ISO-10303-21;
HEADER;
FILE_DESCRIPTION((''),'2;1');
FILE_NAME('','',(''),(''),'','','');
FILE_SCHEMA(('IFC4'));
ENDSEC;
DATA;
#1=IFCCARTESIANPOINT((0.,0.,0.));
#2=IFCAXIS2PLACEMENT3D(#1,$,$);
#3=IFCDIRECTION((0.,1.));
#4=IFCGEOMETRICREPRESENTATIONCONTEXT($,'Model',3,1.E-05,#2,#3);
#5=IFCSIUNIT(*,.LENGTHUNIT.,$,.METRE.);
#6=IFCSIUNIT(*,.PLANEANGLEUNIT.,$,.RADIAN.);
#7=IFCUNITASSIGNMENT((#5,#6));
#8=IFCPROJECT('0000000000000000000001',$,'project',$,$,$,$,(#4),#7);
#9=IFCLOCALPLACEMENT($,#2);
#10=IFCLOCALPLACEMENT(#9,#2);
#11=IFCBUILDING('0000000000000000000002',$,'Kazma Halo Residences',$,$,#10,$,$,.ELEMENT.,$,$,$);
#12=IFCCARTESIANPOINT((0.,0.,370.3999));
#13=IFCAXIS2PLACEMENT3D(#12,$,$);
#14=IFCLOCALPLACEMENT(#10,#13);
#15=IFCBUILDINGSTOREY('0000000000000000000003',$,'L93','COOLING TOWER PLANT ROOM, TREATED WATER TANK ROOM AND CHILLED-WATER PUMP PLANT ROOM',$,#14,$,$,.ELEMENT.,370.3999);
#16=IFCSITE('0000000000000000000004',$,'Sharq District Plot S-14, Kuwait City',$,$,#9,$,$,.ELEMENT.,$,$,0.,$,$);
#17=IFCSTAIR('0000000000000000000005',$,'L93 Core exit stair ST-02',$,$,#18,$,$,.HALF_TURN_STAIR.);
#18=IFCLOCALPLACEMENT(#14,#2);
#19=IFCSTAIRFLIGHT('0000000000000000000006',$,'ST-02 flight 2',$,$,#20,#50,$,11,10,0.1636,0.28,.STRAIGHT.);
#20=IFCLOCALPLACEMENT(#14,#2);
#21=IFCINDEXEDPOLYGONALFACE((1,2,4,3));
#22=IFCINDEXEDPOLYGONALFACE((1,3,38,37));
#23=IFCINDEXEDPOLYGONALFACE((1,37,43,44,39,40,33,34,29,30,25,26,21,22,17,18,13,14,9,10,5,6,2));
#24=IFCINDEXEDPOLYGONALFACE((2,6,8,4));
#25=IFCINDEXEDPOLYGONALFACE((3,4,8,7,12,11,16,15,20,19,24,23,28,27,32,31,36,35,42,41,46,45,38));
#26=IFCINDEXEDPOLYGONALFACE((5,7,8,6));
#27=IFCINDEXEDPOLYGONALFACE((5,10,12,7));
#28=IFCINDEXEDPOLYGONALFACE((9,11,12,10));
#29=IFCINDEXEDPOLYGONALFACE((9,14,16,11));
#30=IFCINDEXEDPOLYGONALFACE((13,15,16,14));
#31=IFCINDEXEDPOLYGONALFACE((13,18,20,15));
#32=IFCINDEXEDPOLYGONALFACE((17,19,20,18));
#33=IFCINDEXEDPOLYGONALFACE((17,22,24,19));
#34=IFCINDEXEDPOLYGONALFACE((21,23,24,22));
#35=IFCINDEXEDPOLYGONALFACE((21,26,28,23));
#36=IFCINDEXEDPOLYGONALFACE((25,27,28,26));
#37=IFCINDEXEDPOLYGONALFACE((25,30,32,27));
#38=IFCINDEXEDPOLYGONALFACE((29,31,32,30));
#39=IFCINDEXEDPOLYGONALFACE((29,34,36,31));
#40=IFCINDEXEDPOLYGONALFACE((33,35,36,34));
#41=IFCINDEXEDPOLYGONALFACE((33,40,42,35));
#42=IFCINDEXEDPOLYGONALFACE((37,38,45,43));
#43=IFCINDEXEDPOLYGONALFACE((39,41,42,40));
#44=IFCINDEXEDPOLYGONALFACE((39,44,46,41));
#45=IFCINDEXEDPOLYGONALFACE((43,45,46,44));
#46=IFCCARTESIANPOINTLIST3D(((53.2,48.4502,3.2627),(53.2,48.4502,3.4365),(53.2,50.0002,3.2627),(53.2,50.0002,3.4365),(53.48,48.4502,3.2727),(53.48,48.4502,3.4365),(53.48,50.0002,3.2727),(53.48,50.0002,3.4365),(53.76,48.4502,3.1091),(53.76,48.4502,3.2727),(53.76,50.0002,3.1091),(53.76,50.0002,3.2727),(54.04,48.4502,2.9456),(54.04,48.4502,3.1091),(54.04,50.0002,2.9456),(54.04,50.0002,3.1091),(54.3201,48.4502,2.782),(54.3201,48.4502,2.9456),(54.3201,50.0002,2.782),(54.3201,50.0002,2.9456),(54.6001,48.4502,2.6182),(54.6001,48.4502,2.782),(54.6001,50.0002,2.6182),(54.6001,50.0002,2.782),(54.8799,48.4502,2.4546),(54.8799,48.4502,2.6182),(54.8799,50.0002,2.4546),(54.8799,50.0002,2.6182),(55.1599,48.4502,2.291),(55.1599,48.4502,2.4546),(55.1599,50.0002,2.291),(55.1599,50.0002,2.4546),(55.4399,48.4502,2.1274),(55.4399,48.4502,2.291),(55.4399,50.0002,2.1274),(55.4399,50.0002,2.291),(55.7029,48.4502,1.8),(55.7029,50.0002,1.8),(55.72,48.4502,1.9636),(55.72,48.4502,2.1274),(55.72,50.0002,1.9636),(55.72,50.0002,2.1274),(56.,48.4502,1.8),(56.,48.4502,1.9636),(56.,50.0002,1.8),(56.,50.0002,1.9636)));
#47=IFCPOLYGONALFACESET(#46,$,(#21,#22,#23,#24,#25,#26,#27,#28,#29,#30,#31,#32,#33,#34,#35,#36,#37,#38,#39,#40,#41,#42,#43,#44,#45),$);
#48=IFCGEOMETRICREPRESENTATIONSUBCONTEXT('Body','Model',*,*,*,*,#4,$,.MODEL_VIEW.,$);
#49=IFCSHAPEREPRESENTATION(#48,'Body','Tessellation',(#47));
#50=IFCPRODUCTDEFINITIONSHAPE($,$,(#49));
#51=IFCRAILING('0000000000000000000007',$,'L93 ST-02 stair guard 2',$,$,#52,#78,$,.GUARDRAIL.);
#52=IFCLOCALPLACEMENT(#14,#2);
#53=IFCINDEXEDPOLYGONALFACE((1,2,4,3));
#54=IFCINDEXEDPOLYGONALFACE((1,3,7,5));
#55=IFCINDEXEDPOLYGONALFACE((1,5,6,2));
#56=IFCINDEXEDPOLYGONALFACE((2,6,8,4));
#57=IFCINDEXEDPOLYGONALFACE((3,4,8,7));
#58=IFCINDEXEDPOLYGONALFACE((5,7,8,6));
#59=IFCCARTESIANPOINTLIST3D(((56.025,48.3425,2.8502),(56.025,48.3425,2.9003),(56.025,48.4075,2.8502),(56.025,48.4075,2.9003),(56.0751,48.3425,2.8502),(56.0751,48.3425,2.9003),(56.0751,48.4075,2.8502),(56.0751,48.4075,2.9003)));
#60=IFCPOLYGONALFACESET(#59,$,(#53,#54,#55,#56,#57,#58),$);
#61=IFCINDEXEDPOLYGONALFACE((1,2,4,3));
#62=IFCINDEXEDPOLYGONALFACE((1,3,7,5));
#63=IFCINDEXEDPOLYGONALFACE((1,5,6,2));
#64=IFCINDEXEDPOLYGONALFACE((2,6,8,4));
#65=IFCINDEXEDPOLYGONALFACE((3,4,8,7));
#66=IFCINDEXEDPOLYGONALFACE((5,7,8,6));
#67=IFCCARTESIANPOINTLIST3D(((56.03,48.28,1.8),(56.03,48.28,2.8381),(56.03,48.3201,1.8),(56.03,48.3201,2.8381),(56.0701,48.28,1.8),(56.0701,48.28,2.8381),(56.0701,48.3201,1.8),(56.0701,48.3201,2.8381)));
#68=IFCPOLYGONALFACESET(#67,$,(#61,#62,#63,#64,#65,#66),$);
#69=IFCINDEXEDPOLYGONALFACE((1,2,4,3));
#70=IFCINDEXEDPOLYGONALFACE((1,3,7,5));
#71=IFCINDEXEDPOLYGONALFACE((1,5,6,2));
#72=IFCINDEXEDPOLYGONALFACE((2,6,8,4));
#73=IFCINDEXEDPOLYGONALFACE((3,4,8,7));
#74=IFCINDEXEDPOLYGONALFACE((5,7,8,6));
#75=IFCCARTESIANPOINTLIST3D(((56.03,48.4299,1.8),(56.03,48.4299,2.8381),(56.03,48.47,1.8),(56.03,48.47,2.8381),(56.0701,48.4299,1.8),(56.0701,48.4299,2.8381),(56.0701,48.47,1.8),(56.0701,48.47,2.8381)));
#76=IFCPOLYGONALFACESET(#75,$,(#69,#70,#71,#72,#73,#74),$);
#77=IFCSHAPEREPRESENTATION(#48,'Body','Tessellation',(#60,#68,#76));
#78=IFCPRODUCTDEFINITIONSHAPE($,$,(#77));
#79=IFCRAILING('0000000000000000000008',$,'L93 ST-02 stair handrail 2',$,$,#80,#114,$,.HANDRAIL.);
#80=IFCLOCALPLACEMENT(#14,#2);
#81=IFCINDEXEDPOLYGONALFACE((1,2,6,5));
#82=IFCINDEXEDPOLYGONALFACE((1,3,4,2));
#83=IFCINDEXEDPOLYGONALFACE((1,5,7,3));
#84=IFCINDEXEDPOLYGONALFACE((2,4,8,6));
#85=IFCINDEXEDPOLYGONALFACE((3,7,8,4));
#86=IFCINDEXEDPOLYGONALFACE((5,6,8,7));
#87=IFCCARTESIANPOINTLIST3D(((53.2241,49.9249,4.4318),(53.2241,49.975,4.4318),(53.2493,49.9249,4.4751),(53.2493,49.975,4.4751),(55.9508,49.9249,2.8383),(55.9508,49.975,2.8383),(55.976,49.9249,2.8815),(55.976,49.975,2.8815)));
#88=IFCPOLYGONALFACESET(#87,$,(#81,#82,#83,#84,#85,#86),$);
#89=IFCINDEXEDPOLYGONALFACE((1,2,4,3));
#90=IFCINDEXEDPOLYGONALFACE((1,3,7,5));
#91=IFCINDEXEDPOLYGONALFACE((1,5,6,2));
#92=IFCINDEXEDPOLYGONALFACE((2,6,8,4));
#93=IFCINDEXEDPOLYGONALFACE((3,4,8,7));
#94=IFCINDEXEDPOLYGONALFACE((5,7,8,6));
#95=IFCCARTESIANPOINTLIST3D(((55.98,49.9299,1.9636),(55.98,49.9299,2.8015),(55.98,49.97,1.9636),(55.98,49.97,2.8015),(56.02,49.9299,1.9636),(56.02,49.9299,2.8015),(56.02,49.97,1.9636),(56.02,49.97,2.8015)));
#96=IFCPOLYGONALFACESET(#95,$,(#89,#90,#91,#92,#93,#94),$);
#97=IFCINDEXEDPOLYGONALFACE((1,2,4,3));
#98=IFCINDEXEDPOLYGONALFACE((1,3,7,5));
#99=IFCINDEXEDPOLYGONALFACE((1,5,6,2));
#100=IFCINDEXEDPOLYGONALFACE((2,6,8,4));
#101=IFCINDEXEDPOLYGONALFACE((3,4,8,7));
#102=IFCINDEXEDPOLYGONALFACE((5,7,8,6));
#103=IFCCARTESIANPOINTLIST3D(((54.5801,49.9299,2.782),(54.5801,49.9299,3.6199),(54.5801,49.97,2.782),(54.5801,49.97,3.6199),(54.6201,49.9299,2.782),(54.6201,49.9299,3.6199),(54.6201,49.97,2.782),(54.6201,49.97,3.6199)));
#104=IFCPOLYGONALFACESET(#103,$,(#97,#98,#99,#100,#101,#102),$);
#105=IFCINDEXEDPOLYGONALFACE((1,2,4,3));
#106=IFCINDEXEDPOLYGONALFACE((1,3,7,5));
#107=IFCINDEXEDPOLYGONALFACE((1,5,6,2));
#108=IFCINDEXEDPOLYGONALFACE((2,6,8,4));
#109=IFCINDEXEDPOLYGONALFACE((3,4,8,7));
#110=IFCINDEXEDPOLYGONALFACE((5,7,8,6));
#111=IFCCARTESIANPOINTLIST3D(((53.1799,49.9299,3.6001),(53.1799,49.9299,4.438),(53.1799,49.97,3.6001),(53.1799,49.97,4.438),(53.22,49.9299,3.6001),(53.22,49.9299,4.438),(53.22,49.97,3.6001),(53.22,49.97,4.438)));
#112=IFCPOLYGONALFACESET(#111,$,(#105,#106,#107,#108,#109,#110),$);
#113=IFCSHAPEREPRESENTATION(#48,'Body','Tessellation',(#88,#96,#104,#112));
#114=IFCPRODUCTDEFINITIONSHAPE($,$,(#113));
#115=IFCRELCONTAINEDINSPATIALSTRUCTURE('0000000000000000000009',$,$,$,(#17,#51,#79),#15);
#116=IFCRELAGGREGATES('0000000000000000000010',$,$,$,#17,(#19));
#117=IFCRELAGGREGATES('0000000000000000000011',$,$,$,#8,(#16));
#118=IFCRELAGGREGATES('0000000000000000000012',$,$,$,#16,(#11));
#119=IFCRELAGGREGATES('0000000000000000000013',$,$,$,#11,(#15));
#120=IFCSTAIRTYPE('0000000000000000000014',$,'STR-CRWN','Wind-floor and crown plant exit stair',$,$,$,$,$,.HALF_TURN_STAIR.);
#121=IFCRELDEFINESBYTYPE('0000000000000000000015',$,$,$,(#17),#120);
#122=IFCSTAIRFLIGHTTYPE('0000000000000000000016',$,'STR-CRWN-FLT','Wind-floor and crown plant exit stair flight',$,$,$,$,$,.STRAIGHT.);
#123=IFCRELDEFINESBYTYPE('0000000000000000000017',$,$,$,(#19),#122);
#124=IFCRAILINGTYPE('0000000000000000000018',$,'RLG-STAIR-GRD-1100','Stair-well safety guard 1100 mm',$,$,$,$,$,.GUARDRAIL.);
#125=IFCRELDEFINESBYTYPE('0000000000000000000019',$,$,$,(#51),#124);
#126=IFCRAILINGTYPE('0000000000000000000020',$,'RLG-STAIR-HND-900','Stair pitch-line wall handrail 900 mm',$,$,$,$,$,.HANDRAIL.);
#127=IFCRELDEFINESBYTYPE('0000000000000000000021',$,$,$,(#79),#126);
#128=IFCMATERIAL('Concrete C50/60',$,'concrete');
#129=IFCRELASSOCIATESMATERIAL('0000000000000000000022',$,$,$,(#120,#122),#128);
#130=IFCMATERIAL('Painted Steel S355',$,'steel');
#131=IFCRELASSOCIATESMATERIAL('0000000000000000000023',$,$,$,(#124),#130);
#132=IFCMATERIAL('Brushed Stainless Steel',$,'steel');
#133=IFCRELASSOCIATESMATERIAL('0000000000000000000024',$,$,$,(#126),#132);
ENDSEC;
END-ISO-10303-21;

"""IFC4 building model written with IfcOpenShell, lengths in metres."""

from ifc_helpers import new_model, si_unit, direction, frame, origin, origin_2d, place, context, subcontext, project, spatial, polyline, rectangle, outline, extrude, material, type_object, element, aggregate, save


model = new_model("IFC4")

# Units and contexts
model_context = context("Model", 3, precision=1e-05, world=origin(), true_north=direction((0.0, 1.0)))
body_context = subcontext(model_context, "Body", "Model", "MODEL_VIEW")
ifc_project = project(units=[si_unit("LENGTHUNIT", "METRE"), si_unit("PLANEANGLEUNIT", "RADIAN")], contexts=[model_context])

# Site, building, storey
site_placement = place(None, origin())
site = spatial("IfcSite", under=ifc_project, at=site_placement, Name="Sharq District Plot S-14, Kuwait City", CompositionType="ELEMENT", RefElevation=0.0)
building_placement = place(site_placement, origin())
building = spatial("IfcBuilding", under=site, at=building_placement, Name="Kazma Halo Residences", CompositionType="ELEMENT")
storey_placement = place(building_placement, frame((0.0, 0.0, 370.3999)))
storey = spatial("IfcBuildingStorey", under=building, at=storey_placement, Name="L93", Description="COOLING TOWER PLANT ROOM, TREATED WATER TANK ROOM AND CHILLED-WATER PUMP PLANT ROOM", CompositionType="ELEMENT", Elevation=370.3999)

# Stair, stair flight
ifc_material_1 = material(Name="Concrete C50/60", Category="concrete")
stair_type = type_object("IfcStairType", Name="STR-CRWN", Description="Wind-floor and crown plant exit stair", PredefinedType="HALF_TURN_STAIR", material=ifc_material_1)
stair_placement = place(storey_placement, origin())
stair = element("IfcStair", 1, at=stair_placement, inside=storey, type_object=stair_type, Name="L93 Core exit stair ST-02", PredefinedType="HALF_TURN_STAIR")
stair_flight_type = type_object("IfcStairFlightType", Name="STR-CRWN-FLT", Description="Wind-floor and crown plant exit stair flight", PredefinedType="STRAIGHT", material=ifc_material_1)
stair_flight_placement = place(storey_placement, frame((56.0, 49.2251, 1.8), z_axis=(0.0, 0.0, 1.0), x_axis=(-1.0, 0.0, 0.0)))
stair_flight = element("IfcStairFlight", 2, at=stair_flight_placement, type_object=stair_flight_type, Name="ST-02 flight 2", NumberOfRisers=11, NumberOfTreads=10, PredefinedType="STRAIGHT", RiserHeight=0.1636, TreadLength=0.28, context=body_context, shape_type="SweptSolid", body=[
    extrude(outline(polyline([(0.0, 0.0), (0.0, 0.1636), (0.28, 0.1636), (0.28, 0.3274), (0.5601, 0.3274), (0.5601, 0.491), (0.8401, 0.491), (0.8401, 0.6545), (1.1201, 0.6545), (1.1201, 0.8181), (1.3999, 0.8181), (1.3999, 0.9819), (1.6799, 0.9819), (1.6799, 1.1455), (1.96, 1.1455), (1.96, 1.3091), (2.24, 1.3091), (2.24, 1.4727), (2.52, 1.4727), (2.52, 1.6365), (2.8, 1.6365), (2.8, 1.8), (2.8, 1.4626), (0.2971, 0.0), (0.0, 0.0)])), frame((0.0, 0.7749, 0.0), z_axis=(0.0, -1.0, 0.0), x_axis=(1.0, 0.0, 0.0)), (0.0, 0.0, 1.0), 1.55),
])
aggregate(stair, [stair_flight])

# Railings
ifc_material_2 = material(Name="Painted Steel S355", Category="steel")
railing_type_1 = type_object("IfcRailingType", Name="RLG-STAIR-GRD-1100", Description="Stair-well safety guard 1100 mm", PredefinedType="GUARDRAIL", material=ifc_material_2)
railing_1_placement = place(storey_placement, frame((56.05, 48.3, 1.8)))
element("IfcRailing", 3, at=railing_1_placement, inside=storey, type_object=railing_type_1, Name="L93 ST-02 stair guard 2", PredefinedType="GUARDRAIL", context=body_context, shape_type="SweptSolid", body=[
    extrude(rectangle(XDim=0.05, YDim=0.05, at=origin_2d()), frame((0.0, 0.0425, 1.0752), z_axis=(0.0, 1.0, 0.0), x_axis=(-1.0, 0.0, 0.0)), (0.0, 0.0, 1.0), 0.0649),
    extrude(rectangle(XDim=0.04, YDim=0.04, at=origin_2d()), origin(), (0.0, 0.0, 1.0), 1.0381),
    extrude(rectangle(XDim=0.04, YDim=0.04, at=origin_2d()), frame((0.0, 0.1499, 0.0)), (0.0, 0.0, 1.0), 1.0381),
])
ifc_material_3 = material(Name="Brushed Stainless Steel", Category="steel")
railing_type_2 = type_object("IfcRailingType", Name="RLG-STAIR-HND-900", Description="Stair pitch-line wall handrail 900 mm", PredefinedType="HANDRAIL", material=ifc_material_3)
railing_2_placement = place(storey_placement, frame((56.0, 49.95, 1.9636)))
element("IfcRailing", 4, at=railing_2_placement, inside=storey, type_object=railing_type_2, Name="L93 ST-02 stair handrail 2", PredefinedType="HANDRAIL", context=body_context, shape_type="SweptSolid", body=[
    extrude(rectangle(XDim=0.05, YDim=0.05, at=origin_2d()), frame((-0.0366, 0.0, 0.8962), z_axis=(-0.863361, 0.0, 0.504587), x_axis=(0.0, -1.0, 0.0)), (0.0, 0.0, 1.0), 3.1582),
    extrude(rectangle(XDim=0.04, YDim=0.04, at=origin_2d()), origin(), (0.0, 0.0, 1.0), 0.8379),
    extrude(rectangle(XDim=0.04, YDim=0.04, at=origin_2d()), frame((-1.3999, 0.0, 0.8184)), (0.0, 0.0, 1.0), 0.8379),
    extrude(rectangle(XDim=0.04, YDim=0.04, at=origin_2d()), frame((-2.8, 0.0, 1.6365)), (0.0, 0.0, 1.0), 0.8379),
])

save(model, "model.ifc")
